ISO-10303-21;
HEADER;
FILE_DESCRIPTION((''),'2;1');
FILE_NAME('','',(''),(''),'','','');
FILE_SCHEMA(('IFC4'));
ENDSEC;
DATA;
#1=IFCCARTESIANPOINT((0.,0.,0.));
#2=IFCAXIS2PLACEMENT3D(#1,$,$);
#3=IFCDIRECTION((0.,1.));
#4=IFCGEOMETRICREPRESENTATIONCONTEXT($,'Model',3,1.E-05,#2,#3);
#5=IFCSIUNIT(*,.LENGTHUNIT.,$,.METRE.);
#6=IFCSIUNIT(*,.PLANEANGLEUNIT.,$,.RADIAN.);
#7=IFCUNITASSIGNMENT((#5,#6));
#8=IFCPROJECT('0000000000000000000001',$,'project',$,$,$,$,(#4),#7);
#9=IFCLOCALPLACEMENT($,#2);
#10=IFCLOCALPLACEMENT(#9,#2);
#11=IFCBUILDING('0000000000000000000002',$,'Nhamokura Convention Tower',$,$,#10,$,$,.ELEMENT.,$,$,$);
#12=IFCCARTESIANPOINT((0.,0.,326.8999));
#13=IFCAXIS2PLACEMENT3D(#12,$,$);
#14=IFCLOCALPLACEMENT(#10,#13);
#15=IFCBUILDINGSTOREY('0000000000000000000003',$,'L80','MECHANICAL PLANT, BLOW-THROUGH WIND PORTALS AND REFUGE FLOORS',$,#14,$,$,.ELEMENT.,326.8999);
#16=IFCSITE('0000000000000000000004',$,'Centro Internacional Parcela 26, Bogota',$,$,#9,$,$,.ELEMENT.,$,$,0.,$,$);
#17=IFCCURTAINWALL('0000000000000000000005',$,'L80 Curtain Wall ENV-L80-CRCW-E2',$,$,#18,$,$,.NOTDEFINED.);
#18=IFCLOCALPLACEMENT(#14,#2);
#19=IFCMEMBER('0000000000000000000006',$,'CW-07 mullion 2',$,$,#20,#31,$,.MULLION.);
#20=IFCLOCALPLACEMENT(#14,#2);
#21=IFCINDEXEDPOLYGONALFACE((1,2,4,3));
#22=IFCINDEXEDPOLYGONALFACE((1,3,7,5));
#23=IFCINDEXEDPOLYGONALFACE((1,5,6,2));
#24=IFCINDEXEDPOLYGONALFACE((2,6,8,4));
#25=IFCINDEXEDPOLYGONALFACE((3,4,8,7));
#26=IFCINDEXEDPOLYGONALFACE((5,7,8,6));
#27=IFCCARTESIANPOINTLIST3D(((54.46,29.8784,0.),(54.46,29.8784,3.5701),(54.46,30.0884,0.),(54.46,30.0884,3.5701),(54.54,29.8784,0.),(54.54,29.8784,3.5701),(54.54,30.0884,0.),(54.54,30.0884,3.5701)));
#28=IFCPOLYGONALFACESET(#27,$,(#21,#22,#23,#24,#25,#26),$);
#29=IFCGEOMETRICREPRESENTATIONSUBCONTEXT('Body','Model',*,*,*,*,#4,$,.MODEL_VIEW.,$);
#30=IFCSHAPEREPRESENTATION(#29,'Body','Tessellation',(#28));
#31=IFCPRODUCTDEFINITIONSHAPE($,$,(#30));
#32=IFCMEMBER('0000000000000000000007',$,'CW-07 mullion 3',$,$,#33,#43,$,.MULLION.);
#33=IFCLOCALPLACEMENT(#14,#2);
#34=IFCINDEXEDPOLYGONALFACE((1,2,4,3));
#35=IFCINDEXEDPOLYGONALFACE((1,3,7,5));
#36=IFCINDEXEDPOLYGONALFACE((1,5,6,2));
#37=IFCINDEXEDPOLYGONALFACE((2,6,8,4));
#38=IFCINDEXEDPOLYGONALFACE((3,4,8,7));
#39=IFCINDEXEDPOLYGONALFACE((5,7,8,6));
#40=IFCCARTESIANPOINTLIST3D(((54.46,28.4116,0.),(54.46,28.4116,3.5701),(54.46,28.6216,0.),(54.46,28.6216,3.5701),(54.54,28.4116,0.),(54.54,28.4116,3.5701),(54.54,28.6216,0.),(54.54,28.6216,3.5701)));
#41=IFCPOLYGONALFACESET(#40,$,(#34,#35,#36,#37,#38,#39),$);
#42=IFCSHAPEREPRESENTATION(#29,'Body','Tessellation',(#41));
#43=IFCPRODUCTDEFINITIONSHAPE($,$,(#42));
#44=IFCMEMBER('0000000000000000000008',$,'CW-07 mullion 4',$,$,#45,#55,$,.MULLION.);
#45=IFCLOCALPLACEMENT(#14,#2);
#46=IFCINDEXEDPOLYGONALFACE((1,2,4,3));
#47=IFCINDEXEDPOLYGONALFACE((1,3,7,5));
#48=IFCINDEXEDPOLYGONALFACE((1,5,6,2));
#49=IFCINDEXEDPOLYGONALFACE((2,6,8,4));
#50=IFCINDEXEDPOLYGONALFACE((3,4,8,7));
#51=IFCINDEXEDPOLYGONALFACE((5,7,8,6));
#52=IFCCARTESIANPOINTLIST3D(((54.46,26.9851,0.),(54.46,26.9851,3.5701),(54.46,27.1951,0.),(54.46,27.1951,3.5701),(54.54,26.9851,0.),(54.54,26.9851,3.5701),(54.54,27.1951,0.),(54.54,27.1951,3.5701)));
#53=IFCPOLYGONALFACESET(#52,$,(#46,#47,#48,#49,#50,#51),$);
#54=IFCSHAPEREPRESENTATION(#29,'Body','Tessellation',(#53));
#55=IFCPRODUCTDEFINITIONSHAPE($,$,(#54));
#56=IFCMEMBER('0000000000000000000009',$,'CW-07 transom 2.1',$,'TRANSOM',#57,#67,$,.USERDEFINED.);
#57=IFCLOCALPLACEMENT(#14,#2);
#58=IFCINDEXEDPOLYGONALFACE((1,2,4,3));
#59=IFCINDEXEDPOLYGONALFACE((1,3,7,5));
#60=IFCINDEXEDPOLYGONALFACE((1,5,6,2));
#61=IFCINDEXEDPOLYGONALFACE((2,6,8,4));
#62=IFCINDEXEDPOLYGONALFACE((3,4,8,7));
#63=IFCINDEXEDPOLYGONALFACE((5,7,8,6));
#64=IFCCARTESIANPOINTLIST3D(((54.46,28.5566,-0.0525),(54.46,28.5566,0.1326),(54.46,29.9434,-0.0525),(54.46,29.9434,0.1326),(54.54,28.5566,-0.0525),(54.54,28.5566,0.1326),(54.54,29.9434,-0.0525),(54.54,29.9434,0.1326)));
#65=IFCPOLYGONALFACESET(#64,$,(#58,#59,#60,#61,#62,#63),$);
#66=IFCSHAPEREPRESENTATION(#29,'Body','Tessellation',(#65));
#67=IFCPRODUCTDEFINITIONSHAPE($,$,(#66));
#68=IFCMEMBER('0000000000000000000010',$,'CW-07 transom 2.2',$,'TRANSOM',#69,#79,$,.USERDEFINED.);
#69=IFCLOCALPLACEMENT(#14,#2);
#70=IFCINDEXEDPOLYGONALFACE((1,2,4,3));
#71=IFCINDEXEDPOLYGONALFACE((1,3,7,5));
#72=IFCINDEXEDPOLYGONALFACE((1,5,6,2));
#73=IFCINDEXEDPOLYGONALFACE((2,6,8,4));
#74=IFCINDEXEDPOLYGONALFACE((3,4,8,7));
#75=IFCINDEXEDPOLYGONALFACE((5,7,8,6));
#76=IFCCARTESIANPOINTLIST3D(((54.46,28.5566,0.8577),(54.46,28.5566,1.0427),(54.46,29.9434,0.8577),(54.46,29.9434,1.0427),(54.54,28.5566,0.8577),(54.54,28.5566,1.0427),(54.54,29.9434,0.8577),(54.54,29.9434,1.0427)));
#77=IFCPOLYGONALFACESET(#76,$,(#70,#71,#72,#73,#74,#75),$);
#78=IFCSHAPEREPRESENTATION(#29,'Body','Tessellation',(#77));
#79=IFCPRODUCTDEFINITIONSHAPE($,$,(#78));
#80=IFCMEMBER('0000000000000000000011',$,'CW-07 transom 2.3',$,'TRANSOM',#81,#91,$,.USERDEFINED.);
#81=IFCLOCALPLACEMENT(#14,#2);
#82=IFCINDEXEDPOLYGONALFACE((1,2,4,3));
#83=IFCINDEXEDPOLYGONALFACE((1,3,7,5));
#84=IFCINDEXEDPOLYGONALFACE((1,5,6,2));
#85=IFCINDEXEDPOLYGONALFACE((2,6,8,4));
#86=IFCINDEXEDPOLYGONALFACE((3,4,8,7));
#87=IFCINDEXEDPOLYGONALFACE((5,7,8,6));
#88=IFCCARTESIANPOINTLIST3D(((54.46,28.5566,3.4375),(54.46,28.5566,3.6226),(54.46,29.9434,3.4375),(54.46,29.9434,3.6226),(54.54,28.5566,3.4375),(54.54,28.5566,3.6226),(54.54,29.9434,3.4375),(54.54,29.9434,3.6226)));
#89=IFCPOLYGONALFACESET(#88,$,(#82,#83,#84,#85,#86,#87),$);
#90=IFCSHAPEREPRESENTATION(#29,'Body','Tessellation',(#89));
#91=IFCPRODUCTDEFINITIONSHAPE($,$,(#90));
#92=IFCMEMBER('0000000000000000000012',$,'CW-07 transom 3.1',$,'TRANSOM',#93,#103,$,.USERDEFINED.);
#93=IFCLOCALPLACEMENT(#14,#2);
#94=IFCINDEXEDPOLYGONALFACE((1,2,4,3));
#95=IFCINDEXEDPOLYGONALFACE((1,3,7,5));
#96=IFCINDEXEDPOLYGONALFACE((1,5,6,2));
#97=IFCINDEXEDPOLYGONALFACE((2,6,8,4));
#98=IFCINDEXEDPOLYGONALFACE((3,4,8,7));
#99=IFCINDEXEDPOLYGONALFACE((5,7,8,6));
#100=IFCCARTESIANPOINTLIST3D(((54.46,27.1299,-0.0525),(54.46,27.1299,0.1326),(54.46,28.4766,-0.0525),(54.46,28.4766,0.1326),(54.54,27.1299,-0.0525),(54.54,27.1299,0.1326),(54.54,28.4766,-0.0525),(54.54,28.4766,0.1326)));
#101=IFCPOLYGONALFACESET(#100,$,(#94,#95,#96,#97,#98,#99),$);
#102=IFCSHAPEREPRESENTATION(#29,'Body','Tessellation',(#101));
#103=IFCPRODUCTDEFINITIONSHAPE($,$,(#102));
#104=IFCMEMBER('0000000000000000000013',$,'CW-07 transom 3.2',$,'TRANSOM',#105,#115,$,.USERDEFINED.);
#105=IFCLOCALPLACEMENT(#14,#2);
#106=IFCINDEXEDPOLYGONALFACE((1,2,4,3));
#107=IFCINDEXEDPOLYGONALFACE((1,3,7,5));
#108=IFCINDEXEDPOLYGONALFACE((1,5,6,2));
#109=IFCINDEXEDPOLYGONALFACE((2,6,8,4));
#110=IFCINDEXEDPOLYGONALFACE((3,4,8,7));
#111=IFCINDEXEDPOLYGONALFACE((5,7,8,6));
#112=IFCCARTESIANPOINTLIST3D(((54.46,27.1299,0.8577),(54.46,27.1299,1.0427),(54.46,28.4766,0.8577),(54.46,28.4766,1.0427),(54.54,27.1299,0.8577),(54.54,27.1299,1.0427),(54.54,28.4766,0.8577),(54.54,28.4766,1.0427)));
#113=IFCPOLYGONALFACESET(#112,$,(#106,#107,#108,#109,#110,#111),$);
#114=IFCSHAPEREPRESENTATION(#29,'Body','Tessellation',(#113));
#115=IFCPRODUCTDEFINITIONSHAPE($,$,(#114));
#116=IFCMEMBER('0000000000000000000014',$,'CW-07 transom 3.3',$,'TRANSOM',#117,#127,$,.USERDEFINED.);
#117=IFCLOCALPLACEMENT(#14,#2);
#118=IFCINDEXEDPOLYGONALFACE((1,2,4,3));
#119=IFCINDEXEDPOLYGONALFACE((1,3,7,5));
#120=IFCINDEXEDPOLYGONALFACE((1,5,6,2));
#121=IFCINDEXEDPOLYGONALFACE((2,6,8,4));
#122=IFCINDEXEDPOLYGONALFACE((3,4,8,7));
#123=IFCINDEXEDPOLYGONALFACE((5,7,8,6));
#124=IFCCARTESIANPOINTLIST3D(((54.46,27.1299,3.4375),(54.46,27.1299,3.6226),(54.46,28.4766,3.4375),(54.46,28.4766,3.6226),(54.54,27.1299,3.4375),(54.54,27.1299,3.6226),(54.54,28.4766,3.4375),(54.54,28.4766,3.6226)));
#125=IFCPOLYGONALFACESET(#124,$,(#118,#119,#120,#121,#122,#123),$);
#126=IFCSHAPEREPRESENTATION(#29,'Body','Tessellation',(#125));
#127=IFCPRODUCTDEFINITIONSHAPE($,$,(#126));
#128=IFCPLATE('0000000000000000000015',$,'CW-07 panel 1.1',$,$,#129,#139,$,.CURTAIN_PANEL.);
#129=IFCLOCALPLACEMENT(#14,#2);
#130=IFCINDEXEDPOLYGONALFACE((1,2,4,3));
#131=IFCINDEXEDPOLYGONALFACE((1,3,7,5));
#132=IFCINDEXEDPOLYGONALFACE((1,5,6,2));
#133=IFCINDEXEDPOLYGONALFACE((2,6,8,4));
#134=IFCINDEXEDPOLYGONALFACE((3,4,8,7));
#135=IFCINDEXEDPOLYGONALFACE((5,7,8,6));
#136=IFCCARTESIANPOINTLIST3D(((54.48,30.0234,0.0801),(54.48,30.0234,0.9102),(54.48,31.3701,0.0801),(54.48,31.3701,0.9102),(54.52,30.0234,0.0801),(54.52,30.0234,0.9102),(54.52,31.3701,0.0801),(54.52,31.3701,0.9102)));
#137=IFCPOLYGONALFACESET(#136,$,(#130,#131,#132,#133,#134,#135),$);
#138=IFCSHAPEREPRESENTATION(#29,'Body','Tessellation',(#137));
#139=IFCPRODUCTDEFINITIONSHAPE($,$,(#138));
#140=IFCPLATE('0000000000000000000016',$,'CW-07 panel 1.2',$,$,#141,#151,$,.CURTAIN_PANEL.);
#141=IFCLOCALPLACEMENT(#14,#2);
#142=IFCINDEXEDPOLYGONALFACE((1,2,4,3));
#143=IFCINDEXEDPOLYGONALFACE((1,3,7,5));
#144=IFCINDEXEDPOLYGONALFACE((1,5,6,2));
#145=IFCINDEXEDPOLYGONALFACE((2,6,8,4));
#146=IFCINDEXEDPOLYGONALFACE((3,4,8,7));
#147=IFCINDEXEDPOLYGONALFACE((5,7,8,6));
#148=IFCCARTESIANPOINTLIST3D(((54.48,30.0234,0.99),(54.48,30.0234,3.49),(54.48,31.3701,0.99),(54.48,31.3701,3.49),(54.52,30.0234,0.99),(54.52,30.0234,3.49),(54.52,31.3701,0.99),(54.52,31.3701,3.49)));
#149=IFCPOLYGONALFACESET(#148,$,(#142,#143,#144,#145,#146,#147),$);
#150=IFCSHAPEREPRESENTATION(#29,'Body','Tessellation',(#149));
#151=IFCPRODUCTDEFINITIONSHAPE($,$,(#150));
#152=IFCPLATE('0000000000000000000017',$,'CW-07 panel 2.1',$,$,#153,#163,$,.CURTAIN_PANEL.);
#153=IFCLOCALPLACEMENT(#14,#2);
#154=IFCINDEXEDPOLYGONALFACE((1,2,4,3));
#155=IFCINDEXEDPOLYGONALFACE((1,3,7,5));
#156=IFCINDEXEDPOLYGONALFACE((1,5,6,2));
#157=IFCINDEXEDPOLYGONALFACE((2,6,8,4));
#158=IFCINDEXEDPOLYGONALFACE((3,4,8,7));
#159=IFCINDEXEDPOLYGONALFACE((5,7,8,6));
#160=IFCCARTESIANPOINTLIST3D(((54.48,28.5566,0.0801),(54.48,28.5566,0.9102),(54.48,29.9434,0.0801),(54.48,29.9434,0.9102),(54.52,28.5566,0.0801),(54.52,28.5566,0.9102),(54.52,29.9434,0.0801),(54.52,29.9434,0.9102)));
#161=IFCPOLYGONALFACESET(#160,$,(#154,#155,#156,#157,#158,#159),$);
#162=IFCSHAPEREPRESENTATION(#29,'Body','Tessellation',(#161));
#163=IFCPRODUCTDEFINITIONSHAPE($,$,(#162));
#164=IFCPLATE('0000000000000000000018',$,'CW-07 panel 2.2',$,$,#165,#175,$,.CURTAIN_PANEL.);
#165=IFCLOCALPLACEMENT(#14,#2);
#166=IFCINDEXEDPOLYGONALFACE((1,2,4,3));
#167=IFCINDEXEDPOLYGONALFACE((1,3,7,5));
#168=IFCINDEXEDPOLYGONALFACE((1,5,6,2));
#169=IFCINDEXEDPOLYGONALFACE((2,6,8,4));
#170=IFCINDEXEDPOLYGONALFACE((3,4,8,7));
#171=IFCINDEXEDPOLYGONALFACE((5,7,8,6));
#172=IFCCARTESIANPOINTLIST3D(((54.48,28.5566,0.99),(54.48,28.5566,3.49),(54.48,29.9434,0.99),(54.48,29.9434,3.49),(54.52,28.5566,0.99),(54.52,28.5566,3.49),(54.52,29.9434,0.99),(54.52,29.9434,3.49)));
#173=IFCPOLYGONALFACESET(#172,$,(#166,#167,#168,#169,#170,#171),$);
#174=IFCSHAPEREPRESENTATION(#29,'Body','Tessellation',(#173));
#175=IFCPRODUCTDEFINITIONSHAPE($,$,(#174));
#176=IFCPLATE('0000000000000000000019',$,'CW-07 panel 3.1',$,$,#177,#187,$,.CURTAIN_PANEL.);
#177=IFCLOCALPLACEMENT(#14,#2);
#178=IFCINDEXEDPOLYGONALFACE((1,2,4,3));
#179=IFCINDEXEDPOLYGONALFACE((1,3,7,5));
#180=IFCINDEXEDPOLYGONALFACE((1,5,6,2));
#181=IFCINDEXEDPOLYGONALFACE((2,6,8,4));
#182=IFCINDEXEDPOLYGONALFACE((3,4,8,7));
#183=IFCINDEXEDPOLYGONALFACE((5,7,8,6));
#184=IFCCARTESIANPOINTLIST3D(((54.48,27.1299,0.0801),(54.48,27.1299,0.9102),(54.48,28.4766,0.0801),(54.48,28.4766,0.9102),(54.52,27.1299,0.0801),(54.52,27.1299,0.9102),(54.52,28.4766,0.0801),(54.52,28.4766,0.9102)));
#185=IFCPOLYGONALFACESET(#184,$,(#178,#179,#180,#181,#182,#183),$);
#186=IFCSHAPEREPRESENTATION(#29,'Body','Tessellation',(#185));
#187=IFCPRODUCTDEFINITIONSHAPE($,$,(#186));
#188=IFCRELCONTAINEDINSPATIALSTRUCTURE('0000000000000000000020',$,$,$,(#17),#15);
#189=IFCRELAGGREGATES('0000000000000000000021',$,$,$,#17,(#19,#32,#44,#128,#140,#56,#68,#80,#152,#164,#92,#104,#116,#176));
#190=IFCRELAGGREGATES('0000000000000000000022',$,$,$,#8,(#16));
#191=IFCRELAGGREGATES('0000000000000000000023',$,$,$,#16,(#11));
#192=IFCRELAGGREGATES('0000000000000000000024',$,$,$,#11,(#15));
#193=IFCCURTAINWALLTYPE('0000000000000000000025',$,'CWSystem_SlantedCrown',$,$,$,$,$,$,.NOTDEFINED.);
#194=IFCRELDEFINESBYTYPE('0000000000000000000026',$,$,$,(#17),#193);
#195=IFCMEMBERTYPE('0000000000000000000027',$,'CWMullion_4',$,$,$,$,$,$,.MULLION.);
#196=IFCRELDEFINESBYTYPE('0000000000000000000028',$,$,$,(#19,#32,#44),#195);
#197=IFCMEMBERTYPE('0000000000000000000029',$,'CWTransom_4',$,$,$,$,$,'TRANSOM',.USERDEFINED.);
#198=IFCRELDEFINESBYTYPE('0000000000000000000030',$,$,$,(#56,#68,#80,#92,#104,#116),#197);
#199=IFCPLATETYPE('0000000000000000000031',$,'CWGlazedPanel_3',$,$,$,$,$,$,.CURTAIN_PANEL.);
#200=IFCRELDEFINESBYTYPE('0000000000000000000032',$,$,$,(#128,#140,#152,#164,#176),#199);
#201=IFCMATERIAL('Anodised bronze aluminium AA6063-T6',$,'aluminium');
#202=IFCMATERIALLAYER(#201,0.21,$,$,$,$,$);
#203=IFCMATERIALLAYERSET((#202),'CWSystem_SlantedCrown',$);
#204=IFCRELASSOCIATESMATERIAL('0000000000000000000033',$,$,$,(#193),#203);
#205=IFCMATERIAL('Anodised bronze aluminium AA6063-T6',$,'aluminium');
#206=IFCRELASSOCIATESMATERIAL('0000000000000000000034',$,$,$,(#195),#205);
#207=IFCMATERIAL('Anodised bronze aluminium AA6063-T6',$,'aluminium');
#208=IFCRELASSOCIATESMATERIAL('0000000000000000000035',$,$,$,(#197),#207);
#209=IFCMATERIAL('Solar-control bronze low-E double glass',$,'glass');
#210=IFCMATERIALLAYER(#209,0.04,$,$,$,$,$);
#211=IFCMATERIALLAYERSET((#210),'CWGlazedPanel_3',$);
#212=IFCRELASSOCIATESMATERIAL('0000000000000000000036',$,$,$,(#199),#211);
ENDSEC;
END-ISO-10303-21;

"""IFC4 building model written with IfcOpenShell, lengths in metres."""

from ifc_helpers import new_model, si_unit, direction, frame, origin, origin_2d, place, context, subcontext, project, spatial, rectangle, extrude, material, layer, layer_set, material_profile, profile_set, type_object, element, aggregate, save


model = new_model("IFC4")

# Units and contexts
model_context = context("Model", 3, precision=1e-05, world=origin(), true_north=direction((0.0, 1.0)))
body_context = subcontext(model_context, "Body", "Model", "MODEL_VIEW")
ifc_project = project(units=[si_unit("LENGTHUNIT", "METRE"), si_unit("PLANEANGLEUNIT", "RADIAN")], contexts=[model_context])

# Site, building, storey
site_placement = place(None, origin())
site = spatial("IfcSite", under=ifc_project, at=site_placement, Name="Centro Internacional Parcela 26, Bogota", CompositionType="ELEMENT", RefElevation=0.0)
building_placement = place(site_placement, origin())
building = spatial("IfcBuilding", under=site, at=building_placement, Name="Nhamokura Convention Tower", CompositionType="ELEMENT")
storey_placement = place(building_placement, frame((0.0, 0.0, 326.8999)))
storey = spatial("IfcBuildingStorey", under=building, at=storey_placement, Name="L80", Description="MECHANICAL PLANT, BLOW-THROUGH WIND PORTALS AND REFUGE FLOORS", CompositionType="ELEMENT", Elevation=326.8999)

# Curtain wall, members, plates
ifc_material_1 = material(Name="Anodised bronze aluminium AA6063-T6", Category="aluminium")
ifc_layer_1 = layer(ifc_material_1, 0.21)
ifc_layer_set_1 = layer_set([ifc_layer_1], Name="CWSystem_SlantedCrown")
curtain_wall_type = type_object("IfcCurtainWallType", Name="CWSystem_SlantedCrown", PredefinedType="NOTDEFINED", material=ifc_layer_set_1)
curtain_wall_placement = place(storey_placement, origin())
curtain_wall = element("IfcCurtainWall", 1, at=curtain_wall_placement, inside=storey, type_object=curtain_wall_type, Name="L80 Curtain Wall ENV-L80-CRCW-E2", PredefinedType="NOTDEFINED")
ifc_material_2 = material(Name="Anodised bronze aluminium AA6063-T6", Category="aluminium")
ifc_material_profile_1 = material_profile(ifc_material_2, rectangle(XDim=0.0801, YDim=0.21, at=origin_2d()))
ifc_profile_set_1 = profile_set([ifc_material_profile_1], Name="Anodised bronze aluminium AA6063-T6")
member_type_1 = type_object("IfcMemberType", Name="CWMullion_4", PredefinedType="MULLION", material=ifc_profile_set_1)
member_1_placement = place(storey_placement, frame((54.5, 29.9834, 0.0), z_axis=(0.0, 0.0, 1.0), x_axis=(1.0, 0.0, 0.0)))
member_1 = element("IfcMember", 2, at=member_1_placement, type_object=member_type_1, Name="CW-07 mullion 2", PredefinedType="MULLION", context=body_context, shape_type="SweptSolid", body=[
    extrude(rectangle(XDim=0.0801, YDim=0.21, at=origin_2d()), origin(), (0.0, 0.0, 1.0), 3.5701),
])
member_2_placement = place(storey_placement, frame((54.5, 28.5166, 0.0), z_axis=(0.0, 0.0, 1.0), x_axis=(1.0, 0.0, 0.0)))
member_2 = element("IfcMember", 3, at=member_2_placement, type_object=member_type_1, Name="CW-07 mullion 3", PredefinedType="MULLION", context=body_context, shape_type="SweptSolid", body=[
    extrude(rectangle(XDim=0.0801, YDim=0.21, at=origin_2d()), origin(), (0.0, 0.0, 1.0), 3.5701),
])
member_3_placement = place(storey_placement, frame((54.5, 27.0901, 0.0), z_axis=(0.0, 0.0, 1.0), x_axis=(1.0, 0.0, 0.0)))
member_3 = element("IfcMember", 4, at=member_3_placement, type_object=member_type_1, Name="CW-07 mullion 4", PredefinedType="MULLION", context=body_context, shape_type="SweptSolid", body=[
    extrude(rectangle(XDim=0.0801, YDim=0.21, at=origin_2d()), origin(), (0.0, 0.0, 1.0), 3.5701),
])
ifc_material_3 = material(Name="Anodised bronze aluminium AA6063-T6", Category="aluminium")
ifc_material_profile_2 = material_profile(ifc_material_3, rectangle(XDim=0.0801, YDim=0.1851, at=origin_2d()))
ifc_profile_set_2 = profile_set([ifc_material_profile_2], Name="Anodised bronze aluminium AA6063-T6")
member_type_2 = type_object("IfcMemberType", Name="CWTransom_4", ElementType="TRANSOM", PredefinedType="USERDEFINED", material=ifc_profile_set_2)
member_4_placement = place(storey_placement, frame((54.5, 29.9434, 0.04), z_axis=(0.0, -1.0, 0.0), x_axis=(1.0, 0.0, 0.0)))
member_4 = element("IfcMember", 5, at=member_4_placement, type_object=member_type_2, Name="CW-07 transom 2.1", ObjectType="TRANSOM", PredefinedType="USERDEFINED", context=body_context, shape_type="SweptSolid", body=[
    extrude(rectangle(XDim=0.0801, YDim=0.1851, at=origin_2d()), origin(), (0.0, 0.0, 1.0), 1.3867),
])
member_5_placement = place(storey_placement, frame((54.5, 29.9434, 0.9502), z_axis=(0.0, -1.0, 0.0), x_axis=(1.0, 0.0, 0.0)))
member_5 = element("IfcMember", 6, at=member_5_placement, type_object=member_type_2, Name="CW-07 transom 2.2", ObjectType="TRANSOM", PredefinedType="USERDEFINED", context=body_context, shape_type="SweptSolid", body=[
    extrude(rectangle(XDim=0.0801, YDim=0.1851, at=origin_2d()), origin(), (0.0, 0.0, 1.0), 1.3867),
])
member_6_placement = place(storey_placement, frame((54.5, 29.9434, 3.53), z_axis=(0.0, -1.0, 0.0), x_axis=(1.0, 0.0, 0.0)))
member_6 = element("IfcMember", 7, at=member_6_placement, type_object=member_type_2, Name="CW-07 transom 2.3", ObjectType="TRANSOM", PredefinedType="USERDEFINED", context=body_context, shape_type="SweptSolid", body=[
    extrude(rectangle(XDim=0.0801, YDim=0.1851, at=origin_2d()), origin(), (0.0, 0.0, 1.0), 1.3867),
])
member_7_placement = place(storey_placement, frame((54.5, 28.4766, 0.04), z_axis=(0.0, -1.0, 0.0), x_axis=(1.0, 0.0, 0.0)))
member_7 = element("IfcMember", 8, at=member_7_placement, type_object=member_type_2, Name="CW-07 transom 3.1", ObjectType="TRANSOM", PredefinedType="USERDEFINED", context=body_context, shape_type="SweptSolid", body=[
    extrude(rectangle(XDim=0.0801, YDim=0.1851, at=origin_2d()), origin(), (0.0, 0.0, 1.0), 1.3467),
])
member_8_placement = place(storey_placement, frame((54.5, 28.4766, 0.9502), z_axis=(0.0, -1.0, 0.0), x_axis=(1.0, 0.0, 0.0)))
member_8 = element("IfcMember", 9, at=member_8_placement, type_object=member_type_2, Name="CW-07 transom 3.2", ObjectType="TRANSOM", PredefinedType="USERDEFINED", context=body_context, shape_type="SweptSolid", body=[
    extrude(rectangle(XDim=0.0801, YDim=0.1851, at=origin_2d()), origin(), (0.0, 0.0, 1.0), 1.3467),
])
member_9_placement = place(storey_placement, frame((54.5, 28.4766, 3.53), z_axis=(0.0, -1.0, 0.0), x_axis=(1.0, 0.0, 0.0)))
member_9 = element("IfcMember", 10, at=member_9_placement, type_object=member_type_2, Name="CW-07 transom 3.3", ObjectType="TRANSOM", PredefinedType="USERDEFINED", context=body_context, shape_type="SweptSolid", body=[
    extrude(rectangle(XDim=0.0801, YDim=0.1851, at=origin_2d()), origin(), (0.0, 0.0, 1.0), 1.3467),
])
ifc_material_4 = material(Name="Solar-control bronze low-E double glass", Category="glass")
ifc_layer_2 = layer(ifc_material_4, 0.04)
ifc_layer_set_2 = layer_set([ifc_layer_2], Name="CWGlazedPanel_3")
plate_type = type_object("IfcPlateType", Name="CWGlazedPanel_3", PredefinedType="CURTAIN_PANEL", material=ifc_layer_set_2)
plate_1_placement = place(storey_placement, frame((54.5, 30.6968, 0.0801), z_axis=(0.0, 0.0, 1.0), x_axis=(0.0, -1.0, 0.0)))
plate_1 = element("IfcPlate", 11, at=plate_1_placement, type_object=plate_type, Name="CW-07 panel 1.1", PredefinedType="CURTAIN_PANEL", context=body_context, shape_type="SweptSolid", body=[
    extrude(rectangle(XDim=1.3467, YDim=0.04, at=origin_2d()), origin(), (0.0, 0.0, 1.0), 0.8301),
])
plate_2_placement = place(storey_placement, frame((54.5, 30.6968, 0.99), z_axis=(0.0, 0.0, 1.0), x_axis=(0.0, -1.0, 0.0)))
plate_2 = element("IfcPlate", 12, at=plate_2_placement, type_object=plate_type, Name="CW-07 panel 1.2", PredefinedType="CURTAIN_PANEL", context=body_context, shape_type="SweptSolid", body=[
    extrude(rectangle(XDim=1.3467, YDim=0.04, at=origin_2d()), origin(), (0.0, 0.0, 1.0), 2.5),
])
plate_3_placement = place(storey_placement, frame((54.5, 29.25, 0.0801), z_axis=(0.0, 0.0, 1.0), x_axis=(0.0, -1.0, 0.0)))
plate_3 = element("IfcPlate", 13, at=plate_3_placement, type_object=plate_type, Name="CW-07 panel 2.1", PredefinedType="CURTAIN_PANEL", context=body_context, shape_type="SweptSolid", body=[
    extrude(rectangle(XDim=1.3867, YDim=0.04, at=origin_2d()), origin(), (0.0, 0.0, 1.0), 0.8301),
])
plate_4_placement = place(storey_placement, frame((54.5, 29.25, 0.99), z_axis=(0.0, 0.0, 1.0), x_axis=(0.0, -1.0, 0.0)))
plate_4 = element("IfcPlate", 14, at=plate_4_placement, type_object=plate_type, Name="CW-07 panel 2.2", PredefinedType="CURTAIN_PANEL", context=body_context, shape_type="SweptSolid", body=[
    extrude(rectangle(XDim=1.3867, YDim=0.04, at=origin_2d()), origin(), (0.0, 0.0, 1.0), 2.5),
])
plate_5_placement = place(storey_placement, frame((54.5, 27.8032, 0.0801), z_axis=(0.0, 0.0, 1.0), x_axis=(0.0, -1.0, 0.0)))
plate_5 = element("IfcPlate", 15, at=plate_5_placement, type_object=plate_type, Name="CW-07 panel 3.1", PredefinedType="CURTAIN_PANEL", context=body_context, shape_type="SweptSolid", body=[
    extrude(rectangle(XDim=1.3467, YDim=0.04, at=origin_2d()), origin(), (0.0, 0.0, 1.0), 0.8301),
])
aggregate(curtain_wall, [member_1, member_2, member_3, plate_1, plate_2, member_4, member_5, member_6, plate_3, plate_4, member_7, member_8, member_9, plate_5])

save(model, "model.ifc")
